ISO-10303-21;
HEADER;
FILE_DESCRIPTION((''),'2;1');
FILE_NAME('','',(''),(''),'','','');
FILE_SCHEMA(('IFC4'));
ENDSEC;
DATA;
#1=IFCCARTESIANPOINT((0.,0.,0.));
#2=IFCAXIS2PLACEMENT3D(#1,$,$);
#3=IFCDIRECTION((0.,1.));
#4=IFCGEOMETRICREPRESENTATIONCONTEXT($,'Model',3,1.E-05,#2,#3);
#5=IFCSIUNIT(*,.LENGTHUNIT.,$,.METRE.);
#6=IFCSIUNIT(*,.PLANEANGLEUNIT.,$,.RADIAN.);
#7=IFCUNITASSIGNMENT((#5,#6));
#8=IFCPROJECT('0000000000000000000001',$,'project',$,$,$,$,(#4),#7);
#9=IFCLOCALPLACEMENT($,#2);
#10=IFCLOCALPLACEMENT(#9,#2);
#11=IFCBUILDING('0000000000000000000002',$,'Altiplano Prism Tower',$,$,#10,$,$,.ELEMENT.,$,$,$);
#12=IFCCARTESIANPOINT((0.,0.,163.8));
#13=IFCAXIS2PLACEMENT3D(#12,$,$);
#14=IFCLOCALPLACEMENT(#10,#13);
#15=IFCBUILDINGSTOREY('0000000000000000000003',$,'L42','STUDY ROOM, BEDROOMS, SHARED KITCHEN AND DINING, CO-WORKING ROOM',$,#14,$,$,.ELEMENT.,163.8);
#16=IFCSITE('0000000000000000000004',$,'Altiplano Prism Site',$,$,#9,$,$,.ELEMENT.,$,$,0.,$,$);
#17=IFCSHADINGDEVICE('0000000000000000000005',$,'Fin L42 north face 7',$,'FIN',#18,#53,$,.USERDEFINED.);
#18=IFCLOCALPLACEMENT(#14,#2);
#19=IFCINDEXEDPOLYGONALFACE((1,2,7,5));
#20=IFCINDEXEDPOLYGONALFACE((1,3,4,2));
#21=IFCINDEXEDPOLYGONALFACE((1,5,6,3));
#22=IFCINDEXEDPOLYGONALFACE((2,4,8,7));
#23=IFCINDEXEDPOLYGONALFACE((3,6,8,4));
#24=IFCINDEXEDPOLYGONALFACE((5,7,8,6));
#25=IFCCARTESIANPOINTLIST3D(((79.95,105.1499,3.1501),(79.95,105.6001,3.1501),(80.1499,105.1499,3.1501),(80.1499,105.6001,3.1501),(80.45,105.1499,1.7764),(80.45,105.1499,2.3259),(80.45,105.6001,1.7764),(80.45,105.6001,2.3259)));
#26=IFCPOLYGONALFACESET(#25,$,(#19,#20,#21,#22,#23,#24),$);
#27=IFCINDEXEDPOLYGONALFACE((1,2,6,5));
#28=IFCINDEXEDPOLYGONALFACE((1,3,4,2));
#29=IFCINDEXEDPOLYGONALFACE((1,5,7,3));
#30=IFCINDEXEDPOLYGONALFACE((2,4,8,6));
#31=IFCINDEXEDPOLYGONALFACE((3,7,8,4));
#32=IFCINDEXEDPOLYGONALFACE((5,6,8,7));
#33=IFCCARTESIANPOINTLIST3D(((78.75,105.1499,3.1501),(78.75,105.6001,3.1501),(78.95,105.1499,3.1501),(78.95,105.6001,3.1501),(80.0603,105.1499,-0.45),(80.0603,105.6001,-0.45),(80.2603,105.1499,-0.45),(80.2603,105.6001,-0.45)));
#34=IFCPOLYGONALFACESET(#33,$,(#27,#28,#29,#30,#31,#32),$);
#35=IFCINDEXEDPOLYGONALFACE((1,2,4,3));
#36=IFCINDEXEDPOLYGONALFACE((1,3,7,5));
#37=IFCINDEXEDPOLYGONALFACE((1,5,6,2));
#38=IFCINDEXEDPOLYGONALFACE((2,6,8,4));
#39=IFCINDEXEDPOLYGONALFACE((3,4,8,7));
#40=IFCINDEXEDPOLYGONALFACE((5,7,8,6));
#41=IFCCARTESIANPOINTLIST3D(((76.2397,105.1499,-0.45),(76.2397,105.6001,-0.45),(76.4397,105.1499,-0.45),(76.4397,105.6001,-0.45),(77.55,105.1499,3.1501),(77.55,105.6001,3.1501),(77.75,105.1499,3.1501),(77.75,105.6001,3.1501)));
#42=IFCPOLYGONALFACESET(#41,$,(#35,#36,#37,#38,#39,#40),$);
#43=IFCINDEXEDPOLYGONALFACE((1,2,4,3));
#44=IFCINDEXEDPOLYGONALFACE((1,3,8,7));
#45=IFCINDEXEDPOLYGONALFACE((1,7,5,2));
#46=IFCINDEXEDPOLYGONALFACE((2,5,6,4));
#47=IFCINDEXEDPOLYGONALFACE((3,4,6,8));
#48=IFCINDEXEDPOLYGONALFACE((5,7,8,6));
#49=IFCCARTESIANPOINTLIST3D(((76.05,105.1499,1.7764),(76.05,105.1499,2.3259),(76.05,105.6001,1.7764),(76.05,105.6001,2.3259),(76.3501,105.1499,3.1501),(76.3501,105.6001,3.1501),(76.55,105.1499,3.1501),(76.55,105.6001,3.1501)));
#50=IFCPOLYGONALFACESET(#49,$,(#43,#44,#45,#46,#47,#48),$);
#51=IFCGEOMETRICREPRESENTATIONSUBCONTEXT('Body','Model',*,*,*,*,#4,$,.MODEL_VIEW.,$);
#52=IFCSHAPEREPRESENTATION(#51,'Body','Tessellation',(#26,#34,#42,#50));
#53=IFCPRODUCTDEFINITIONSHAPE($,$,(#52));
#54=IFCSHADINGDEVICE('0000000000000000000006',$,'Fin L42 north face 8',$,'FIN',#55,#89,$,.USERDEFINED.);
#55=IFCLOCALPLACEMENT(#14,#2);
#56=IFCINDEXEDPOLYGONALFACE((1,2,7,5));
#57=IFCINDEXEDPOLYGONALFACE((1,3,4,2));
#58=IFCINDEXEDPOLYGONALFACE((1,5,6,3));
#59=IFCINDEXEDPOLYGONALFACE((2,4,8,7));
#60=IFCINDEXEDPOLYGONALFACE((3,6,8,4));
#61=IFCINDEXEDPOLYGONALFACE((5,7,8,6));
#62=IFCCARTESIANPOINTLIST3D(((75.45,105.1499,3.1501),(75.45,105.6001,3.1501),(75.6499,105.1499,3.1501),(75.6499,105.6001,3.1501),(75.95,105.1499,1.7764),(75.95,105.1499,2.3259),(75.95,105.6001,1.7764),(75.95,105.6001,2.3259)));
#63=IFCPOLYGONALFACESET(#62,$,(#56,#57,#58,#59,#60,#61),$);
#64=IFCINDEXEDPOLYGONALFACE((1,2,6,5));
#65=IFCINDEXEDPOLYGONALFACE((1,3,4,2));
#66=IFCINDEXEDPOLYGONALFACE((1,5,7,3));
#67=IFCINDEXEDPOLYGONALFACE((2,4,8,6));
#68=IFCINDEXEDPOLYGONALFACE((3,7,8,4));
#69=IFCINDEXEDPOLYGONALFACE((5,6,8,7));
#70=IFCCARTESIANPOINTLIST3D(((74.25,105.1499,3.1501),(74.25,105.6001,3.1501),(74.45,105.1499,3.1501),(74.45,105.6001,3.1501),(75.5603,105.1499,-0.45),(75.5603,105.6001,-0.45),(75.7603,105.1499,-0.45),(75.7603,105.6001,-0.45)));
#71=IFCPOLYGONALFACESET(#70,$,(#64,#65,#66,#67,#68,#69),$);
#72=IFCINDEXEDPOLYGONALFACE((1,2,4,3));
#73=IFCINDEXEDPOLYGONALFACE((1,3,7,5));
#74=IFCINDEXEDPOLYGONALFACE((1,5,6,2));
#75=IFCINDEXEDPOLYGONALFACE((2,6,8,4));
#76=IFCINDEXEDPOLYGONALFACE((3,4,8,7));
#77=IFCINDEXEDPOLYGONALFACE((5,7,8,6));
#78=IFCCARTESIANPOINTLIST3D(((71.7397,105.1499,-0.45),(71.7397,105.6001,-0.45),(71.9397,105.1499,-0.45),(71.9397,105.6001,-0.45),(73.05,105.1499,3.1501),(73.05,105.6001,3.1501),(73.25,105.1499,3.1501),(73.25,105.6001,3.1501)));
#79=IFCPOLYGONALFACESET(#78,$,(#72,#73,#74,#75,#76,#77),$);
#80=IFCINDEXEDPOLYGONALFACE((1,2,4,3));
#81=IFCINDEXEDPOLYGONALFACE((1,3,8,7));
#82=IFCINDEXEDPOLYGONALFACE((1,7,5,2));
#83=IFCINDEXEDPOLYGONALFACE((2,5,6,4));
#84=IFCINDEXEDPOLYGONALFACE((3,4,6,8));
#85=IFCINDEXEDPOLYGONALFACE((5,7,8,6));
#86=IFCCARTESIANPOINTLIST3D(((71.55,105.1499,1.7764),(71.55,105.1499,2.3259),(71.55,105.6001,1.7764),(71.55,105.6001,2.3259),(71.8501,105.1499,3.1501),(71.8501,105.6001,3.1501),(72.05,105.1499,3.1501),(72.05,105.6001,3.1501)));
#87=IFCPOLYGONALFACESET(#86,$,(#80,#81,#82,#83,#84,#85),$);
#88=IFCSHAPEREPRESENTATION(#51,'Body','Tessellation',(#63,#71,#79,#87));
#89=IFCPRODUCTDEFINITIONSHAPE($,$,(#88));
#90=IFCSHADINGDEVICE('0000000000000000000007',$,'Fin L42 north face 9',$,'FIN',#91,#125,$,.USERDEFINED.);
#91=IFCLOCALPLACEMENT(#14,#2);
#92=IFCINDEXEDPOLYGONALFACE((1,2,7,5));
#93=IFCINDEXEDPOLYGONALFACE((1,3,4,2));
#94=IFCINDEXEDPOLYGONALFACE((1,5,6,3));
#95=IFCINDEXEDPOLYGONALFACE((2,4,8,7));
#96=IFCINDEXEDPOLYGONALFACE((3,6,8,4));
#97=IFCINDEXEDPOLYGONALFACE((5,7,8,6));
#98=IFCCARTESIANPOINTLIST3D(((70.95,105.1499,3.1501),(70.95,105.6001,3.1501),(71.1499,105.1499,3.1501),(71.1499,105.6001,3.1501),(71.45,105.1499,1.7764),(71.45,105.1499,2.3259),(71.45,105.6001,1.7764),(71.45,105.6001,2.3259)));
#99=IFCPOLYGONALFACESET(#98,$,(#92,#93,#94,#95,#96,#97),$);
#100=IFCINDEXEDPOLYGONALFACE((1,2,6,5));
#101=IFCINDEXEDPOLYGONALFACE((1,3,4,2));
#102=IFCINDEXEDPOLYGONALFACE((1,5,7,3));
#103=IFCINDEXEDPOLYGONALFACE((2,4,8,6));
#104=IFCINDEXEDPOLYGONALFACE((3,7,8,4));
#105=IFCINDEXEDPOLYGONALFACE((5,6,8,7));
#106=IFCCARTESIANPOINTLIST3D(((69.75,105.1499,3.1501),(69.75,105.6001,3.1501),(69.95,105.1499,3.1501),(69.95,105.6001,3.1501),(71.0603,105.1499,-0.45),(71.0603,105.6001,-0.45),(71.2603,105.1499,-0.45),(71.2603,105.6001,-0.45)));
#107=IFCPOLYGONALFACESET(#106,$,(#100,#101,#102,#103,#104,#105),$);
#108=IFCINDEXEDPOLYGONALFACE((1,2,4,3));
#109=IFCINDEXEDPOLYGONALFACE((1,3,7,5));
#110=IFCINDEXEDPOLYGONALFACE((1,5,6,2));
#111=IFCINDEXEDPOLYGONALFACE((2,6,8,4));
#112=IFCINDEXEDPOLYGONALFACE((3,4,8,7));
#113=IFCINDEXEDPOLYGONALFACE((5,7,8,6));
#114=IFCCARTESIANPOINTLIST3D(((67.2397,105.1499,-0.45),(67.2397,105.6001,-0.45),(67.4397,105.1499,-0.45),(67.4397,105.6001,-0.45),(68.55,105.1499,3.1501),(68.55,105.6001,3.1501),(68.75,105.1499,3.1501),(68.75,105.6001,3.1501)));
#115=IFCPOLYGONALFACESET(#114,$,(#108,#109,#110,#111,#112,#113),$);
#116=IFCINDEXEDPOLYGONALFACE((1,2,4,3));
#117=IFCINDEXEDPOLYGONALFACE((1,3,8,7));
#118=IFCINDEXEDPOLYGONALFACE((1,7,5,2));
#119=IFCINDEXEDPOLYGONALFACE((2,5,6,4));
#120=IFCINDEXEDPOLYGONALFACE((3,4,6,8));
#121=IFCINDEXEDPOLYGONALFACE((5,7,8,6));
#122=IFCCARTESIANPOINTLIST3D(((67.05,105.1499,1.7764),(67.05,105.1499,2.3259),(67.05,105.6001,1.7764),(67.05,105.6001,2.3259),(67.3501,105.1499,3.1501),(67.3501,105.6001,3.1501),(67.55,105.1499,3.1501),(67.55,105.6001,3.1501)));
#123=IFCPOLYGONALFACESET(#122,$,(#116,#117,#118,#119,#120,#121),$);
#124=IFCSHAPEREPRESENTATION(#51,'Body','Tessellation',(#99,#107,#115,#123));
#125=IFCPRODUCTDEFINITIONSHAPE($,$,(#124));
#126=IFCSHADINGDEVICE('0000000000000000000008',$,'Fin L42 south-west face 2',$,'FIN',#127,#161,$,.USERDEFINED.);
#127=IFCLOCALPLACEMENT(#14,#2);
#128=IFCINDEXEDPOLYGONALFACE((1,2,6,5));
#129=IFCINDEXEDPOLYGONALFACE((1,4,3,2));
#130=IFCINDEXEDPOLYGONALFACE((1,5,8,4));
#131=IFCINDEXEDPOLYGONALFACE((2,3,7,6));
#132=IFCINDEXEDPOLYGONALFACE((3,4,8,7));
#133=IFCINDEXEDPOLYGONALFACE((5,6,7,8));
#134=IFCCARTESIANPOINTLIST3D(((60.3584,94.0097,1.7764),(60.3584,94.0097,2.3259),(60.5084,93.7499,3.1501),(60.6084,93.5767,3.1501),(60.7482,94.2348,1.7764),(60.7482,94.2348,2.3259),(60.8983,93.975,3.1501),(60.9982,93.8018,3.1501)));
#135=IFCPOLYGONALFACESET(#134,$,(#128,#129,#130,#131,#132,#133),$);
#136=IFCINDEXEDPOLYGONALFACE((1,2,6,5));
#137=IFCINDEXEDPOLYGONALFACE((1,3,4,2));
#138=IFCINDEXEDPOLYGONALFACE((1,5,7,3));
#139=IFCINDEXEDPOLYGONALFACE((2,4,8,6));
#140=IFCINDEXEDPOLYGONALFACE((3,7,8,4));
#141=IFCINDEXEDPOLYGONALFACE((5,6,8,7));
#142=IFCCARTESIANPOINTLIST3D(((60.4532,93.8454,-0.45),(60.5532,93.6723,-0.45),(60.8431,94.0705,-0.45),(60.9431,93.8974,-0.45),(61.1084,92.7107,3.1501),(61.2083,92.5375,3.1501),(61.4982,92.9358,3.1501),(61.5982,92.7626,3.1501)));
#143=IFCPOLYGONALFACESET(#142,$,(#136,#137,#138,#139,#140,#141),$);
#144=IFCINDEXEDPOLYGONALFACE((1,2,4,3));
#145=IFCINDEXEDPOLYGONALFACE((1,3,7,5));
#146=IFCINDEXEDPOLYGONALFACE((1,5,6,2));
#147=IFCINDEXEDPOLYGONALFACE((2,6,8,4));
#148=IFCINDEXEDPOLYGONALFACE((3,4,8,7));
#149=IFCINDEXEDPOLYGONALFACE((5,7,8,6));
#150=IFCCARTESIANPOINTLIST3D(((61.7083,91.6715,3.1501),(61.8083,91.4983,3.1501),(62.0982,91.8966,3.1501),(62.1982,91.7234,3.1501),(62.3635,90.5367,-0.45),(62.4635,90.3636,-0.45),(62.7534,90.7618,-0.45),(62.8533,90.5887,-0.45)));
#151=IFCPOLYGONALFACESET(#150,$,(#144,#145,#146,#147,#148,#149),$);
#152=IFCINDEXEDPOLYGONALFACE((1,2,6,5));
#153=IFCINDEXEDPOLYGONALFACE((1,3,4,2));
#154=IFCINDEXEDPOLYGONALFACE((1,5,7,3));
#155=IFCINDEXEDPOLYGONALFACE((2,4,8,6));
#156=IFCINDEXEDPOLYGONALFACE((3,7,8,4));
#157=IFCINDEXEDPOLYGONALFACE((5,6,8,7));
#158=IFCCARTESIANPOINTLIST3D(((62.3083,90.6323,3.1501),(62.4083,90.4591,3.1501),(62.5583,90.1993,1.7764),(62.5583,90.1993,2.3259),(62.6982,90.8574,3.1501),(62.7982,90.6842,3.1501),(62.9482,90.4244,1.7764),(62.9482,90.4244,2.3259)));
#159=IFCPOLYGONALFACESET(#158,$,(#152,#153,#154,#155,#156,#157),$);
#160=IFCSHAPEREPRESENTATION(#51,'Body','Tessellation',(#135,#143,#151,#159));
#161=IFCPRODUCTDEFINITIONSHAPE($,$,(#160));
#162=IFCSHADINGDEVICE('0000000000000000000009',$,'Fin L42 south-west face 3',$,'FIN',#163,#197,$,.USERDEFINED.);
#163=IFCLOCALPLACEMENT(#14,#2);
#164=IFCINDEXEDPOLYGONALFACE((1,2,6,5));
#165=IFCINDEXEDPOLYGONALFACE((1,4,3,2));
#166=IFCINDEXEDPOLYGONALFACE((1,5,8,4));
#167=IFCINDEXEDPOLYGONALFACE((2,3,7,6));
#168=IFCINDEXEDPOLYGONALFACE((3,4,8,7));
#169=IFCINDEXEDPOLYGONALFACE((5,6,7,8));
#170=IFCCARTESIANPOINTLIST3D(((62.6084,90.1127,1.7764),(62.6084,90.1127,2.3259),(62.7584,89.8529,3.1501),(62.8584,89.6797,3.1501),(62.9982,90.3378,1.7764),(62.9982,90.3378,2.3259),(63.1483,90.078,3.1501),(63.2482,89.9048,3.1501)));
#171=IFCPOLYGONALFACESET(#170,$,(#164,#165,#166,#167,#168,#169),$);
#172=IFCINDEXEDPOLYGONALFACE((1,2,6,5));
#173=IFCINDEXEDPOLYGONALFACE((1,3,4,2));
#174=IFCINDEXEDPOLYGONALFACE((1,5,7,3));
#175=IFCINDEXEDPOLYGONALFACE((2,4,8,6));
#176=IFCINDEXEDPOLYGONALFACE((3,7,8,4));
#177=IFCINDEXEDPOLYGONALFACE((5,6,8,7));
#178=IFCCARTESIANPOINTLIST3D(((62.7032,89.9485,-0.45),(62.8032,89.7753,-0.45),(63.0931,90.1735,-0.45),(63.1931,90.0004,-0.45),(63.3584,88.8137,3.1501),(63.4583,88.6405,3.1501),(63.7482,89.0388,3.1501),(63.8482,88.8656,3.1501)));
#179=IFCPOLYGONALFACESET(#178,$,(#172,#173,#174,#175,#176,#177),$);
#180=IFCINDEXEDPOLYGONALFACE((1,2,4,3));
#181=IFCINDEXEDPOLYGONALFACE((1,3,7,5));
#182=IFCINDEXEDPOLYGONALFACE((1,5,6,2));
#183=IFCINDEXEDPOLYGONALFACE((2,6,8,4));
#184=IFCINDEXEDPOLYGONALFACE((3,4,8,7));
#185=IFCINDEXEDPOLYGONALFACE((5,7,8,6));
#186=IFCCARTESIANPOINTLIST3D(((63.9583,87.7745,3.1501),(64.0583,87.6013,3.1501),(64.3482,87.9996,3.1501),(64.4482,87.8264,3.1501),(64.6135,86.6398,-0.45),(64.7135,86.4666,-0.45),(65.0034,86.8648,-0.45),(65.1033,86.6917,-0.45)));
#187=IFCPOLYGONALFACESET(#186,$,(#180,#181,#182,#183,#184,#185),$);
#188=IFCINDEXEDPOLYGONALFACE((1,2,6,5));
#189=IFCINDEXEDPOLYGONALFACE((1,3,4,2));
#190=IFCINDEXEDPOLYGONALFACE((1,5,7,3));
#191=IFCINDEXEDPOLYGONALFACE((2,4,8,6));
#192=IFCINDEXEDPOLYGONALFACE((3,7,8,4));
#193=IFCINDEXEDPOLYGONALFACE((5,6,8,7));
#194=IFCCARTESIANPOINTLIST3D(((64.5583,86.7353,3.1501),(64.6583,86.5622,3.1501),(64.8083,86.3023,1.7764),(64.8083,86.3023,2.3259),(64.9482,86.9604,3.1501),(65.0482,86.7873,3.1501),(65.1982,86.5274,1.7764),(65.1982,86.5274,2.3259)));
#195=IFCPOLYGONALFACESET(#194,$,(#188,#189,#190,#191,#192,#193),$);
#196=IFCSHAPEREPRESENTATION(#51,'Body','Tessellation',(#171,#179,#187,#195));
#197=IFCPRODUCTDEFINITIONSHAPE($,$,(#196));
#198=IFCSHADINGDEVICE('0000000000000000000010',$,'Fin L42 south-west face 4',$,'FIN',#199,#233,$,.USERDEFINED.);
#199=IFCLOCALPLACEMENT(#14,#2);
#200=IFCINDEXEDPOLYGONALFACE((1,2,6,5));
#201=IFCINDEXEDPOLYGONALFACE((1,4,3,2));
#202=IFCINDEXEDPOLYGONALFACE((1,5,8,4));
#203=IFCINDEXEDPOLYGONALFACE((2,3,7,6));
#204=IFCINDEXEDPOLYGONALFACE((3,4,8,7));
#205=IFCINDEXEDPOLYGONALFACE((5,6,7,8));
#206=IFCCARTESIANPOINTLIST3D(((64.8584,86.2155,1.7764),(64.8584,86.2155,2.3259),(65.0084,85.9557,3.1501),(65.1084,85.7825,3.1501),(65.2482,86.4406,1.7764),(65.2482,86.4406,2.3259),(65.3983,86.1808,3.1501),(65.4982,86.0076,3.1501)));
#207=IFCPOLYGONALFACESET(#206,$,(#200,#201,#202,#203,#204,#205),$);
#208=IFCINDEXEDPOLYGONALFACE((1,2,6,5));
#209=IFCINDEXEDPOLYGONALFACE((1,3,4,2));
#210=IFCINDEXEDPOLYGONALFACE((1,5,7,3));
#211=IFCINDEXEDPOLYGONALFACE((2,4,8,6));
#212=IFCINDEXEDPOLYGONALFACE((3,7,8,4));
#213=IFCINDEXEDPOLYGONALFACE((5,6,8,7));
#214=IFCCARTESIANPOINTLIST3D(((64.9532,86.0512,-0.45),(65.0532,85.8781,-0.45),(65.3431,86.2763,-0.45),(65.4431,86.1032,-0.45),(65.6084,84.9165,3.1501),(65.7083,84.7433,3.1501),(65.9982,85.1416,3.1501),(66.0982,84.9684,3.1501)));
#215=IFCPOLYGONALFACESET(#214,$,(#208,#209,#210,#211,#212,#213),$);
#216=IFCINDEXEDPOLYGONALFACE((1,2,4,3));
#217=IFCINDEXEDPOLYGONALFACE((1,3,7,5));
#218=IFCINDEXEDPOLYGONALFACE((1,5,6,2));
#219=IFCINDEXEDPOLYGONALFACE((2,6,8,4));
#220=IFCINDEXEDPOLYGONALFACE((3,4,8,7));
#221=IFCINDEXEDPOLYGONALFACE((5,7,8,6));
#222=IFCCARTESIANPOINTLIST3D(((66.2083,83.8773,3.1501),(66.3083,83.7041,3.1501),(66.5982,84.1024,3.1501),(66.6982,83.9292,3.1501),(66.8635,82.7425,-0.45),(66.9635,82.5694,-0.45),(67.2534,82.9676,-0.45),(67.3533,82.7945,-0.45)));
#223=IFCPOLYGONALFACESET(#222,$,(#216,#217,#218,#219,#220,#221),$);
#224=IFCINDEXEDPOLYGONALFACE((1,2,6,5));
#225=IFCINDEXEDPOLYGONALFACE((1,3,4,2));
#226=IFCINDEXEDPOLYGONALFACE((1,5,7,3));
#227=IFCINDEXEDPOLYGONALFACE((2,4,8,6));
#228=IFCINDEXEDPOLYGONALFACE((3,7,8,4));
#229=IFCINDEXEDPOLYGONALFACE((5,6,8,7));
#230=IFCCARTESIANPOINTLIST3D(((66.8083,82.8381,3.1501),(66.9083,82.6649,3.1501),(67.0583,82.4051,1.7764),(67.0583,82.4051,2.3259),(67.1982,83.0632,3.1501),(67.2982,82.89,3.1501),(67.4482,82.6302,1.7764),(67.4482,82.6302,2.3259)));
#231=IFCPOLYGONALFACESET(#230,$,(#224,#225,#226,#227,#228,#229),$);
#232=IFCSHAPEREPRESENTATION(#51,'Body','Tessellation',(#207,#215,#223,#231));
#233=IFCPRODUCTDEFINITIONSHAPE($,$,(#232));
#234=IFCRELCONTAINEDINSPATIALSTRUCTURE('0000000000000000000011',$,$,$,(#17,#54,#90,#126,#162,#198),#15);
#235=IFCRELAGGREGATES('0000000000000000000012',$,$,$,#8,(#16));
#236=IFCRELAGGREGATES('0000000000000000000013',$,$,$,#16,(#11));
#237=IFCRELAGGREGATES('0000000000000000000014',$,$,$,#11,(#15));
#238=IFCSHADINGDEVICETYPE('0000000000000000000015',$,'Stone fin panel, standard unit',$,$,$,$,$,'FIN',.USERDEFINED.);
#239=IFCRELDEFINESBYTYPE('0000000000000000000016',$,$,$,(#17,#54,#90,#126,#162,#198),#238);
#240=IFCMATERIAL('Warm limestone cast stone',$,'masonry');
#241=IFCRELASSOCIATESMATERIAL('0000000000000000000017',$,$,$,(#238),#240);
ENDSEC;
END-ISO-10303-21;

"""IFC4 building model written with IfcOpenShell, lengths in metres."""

from ifc_helpers import new_model, si_unit, direction, frame, origin, place, context, subcontext, project, spatial, polyline, outline, extrude, source, transform, mapped, material, type_object, element, save


model = new_model("IFC4")

# Units and contexts
model_context = context("Model", 3, precision=1e-05, world=origin(), true_north=direction((0.0, 1.0)))
body_context = subcontext(model_context, "Body", "Model", "MODEL_VIEW")
ifc_project = project(units=[si_unit("LENGTHUNIT", "METRE"), si_unit("PLANEANGLEUNIT", "RADIAN")], contexts=[model_context])

# Site, building, storey
site_placement = place(None, origin())
site = spatial("IfcSite", under=ifc_project, at=site_placement, Name="Altiplano Prism Site", CompositionType="ELEMENT", RefElevation=0.0)
building_placement = place(site_placement, origin())
building = spatial("IfcBuilding", under=site, at=building_placement, Name="Altiplano Prism Tower", CompositionType="ELEMENT")
storey_placement = place(building_placement, frame((0.0, 0.0, 163.8)))
storey = spatial("IfcBuildingStorey", under=building, at=storey_placement, Name="L42", Description="STUDY ROOM, BEDROOMS, SHARED KITCHEN AND DINING, CO-WORKING ROOM", CompositionType="ELEMENT", Elevation=163.8)

# Shading devices
ifc_material_1 = material(Name="Warm limestone cast stone", Category="masonry")
shading_device_type_1 = type_object("IfcShadingDeviceType", Name="Stone fin panel, standard unit", ElementType="FIN", PredefinedType="USERDEFINED", material=ifc_material_1)
shared_shape_1 = source(origin(), body_context, "Body", "SweptSolid", [
    extrude(outline(polyline([(-2.2, 2.2263), (-1.7, 3.6001), (-1.8999, 3.6001), (-2.2, 2.7759), (-2.2, 2.2263)])), frame((0.0, -0.1499, 0.0), z_axis=(0.0, -1.0, 0.0), x_axis=(1.0, 0.0, 0.0)), (0.0, 0.0, 1.0), 0.4502),
    extrude(outline(polyline([(-2.0103, 0.0), (-1.8103, 0.0), (-0.5, 3.6001), (-0.7, 3.6001), (-2.0103, 0.0)])), frame((0.0, -0.1499, 0.0), z_axis=(0.0, -1.0, 0.0), x_axis=(1.0, 0.0, 0.0)), (0.0, 0.0, 1.0), 0.4502),
    extrude(outline(polyline([(1.8103, 0.0), (2.0103, 0.0), (0.7, 3.6001), (0.5, 3.6001), (1.8103, 0.0)])), frame((0.0, -0.1499, 0.0), z_axis=(0.0, -1.0, 0.0), x_axis=(1.0, 0.0, 0.0)), (0.0, 0.0, 1.0), 0.4502),
    extrude(outline(polyline([(2.2, 2.7759), (1.8999, 3.6001), (1.7, 3.6001), (2.2, 2.2263), (2.2, 2.7759)])), frame((0.0, -0.1499, 0.0), z_axis=(0.0, -1.0, 0.0), x_axis=(1.0, 0.0, 0.0)), (0.0, 0.0, 1.0), 0.4502),
])
shading_device_1_placement = place(storey_placement, origin())
element("IfcShadingDevice", 1, at=shading_device_1_placement, inside=storey, type_object=shading_device_type_1, Name="Fin L42 north face 7", ObjectType="FIN", PredefinedType="USERDEFINED", context=body_context, shape_type="MappedRepresentation", body=[
    mapped(shared_shape_1, transform((78.25, 105.0, -0.45), x_axis=(-1.0, 0.0, 0.0), y_axis=(0.0, -1.0, 0.0), z_axis=(0.0, 0.0, 1.0))),
])
shading_device_2_placement = place(storey_placement, origin())
element("IfcShadingDevice", 2, at=shading_device_2_placement, inside=storey, type_object=shading_device_type_1, Name="Fin L42 north face 8", ObjectType="FIN", PredefinedType="USERDEFINED", context=body_context, shape_type="MappedRepresentation", body=[
    mapped(shared_shape_1, transform((73.75, 105.0, -0.45), x_axis=(-1.0, 0.0, 0.0), y_axis=(0.0, -1.0, 0.0), z_axis=(0.0, 0.0, 1.0))),
])
shading_device_3_placement = place(storey_placement, origin())
element("IfcShadingDevice", 3, at=shading_device_3_placement, inside=storey, type_object=shading_device_type_1, Name="Fin L42 north face 9", ObjectType="FIN", PredefinedType="USERDEFINED", context=body_context, shape_type="MappedRepresentation", body=[
    mapped(shared_shape_1, transform((69.25, 105.0, -0.45), x_axis=(-1.0, 0.0, 0.0), y_axis=(0.0, -1.0, 0.0), z_axis=(0.0, 0.0, 1.0))),
])
shading_device_4_placement = place(storey_placement, origin())
element("IfcShadingDevice", 4, at=shading_device_4_placement, inside=storey, type_object=shading_device_type_1, Name="Fin L42 south-west face 2", ObjectType="FIN", PredefinedType="USERDEFINED", context=body_context, shape_type="MappedRepresentation", body=[
    mapped(shared_shape_1, transform((61.978, 92.4045, -0.45), x_axis=(0.5, -0.866025, 0.0), y_axis=(0.866025, 0.5, 0.0), z_axis=(0.0, 0.0, 1.0))),
])
shading_device_5_placement = place(storey_placement, origin())
element("IfcShadingDevice", 5, at=shading_device_5_placement, inside=storey, type_object=shading_device_type_1, Name="Fin L42 south-west face 3", ObjectType="FIN", PredefinedType="USERDEFINED", context=body_context, shape_type="MappedRepresentation", body=[
    mapped(shared_shape_1, transform((64.228, 88.5076, -0.45), x_axis=(0.5, -0.866025, 0.0), y_axis=(0.866025, 0.5, 0.0), z_axis=(0.0, 0.0, 1.0))),
])
shading_device_6_placement = place(storey_placement, origin())
element("IfcShadingDevice", 6, at=shading_device_6_placement, inside=storey, type_object=shading_device_type_1, Name="Fin L42 south-west face 4", ObjectType="FIN", PredefinedType="USERDEFINED", context=body_context, shape_type="MappedRepresentation", body=[
    mapped(shared_shape_1, transform((66.478, 84.6104, -0.45), x_axis=(0.5, -0.866025, 0.0), y_axis=(0.866025, 0.5, 0.0), z_axis=(0.0, 0.0, 1.0))),
])

save(model, "model.ifc")
